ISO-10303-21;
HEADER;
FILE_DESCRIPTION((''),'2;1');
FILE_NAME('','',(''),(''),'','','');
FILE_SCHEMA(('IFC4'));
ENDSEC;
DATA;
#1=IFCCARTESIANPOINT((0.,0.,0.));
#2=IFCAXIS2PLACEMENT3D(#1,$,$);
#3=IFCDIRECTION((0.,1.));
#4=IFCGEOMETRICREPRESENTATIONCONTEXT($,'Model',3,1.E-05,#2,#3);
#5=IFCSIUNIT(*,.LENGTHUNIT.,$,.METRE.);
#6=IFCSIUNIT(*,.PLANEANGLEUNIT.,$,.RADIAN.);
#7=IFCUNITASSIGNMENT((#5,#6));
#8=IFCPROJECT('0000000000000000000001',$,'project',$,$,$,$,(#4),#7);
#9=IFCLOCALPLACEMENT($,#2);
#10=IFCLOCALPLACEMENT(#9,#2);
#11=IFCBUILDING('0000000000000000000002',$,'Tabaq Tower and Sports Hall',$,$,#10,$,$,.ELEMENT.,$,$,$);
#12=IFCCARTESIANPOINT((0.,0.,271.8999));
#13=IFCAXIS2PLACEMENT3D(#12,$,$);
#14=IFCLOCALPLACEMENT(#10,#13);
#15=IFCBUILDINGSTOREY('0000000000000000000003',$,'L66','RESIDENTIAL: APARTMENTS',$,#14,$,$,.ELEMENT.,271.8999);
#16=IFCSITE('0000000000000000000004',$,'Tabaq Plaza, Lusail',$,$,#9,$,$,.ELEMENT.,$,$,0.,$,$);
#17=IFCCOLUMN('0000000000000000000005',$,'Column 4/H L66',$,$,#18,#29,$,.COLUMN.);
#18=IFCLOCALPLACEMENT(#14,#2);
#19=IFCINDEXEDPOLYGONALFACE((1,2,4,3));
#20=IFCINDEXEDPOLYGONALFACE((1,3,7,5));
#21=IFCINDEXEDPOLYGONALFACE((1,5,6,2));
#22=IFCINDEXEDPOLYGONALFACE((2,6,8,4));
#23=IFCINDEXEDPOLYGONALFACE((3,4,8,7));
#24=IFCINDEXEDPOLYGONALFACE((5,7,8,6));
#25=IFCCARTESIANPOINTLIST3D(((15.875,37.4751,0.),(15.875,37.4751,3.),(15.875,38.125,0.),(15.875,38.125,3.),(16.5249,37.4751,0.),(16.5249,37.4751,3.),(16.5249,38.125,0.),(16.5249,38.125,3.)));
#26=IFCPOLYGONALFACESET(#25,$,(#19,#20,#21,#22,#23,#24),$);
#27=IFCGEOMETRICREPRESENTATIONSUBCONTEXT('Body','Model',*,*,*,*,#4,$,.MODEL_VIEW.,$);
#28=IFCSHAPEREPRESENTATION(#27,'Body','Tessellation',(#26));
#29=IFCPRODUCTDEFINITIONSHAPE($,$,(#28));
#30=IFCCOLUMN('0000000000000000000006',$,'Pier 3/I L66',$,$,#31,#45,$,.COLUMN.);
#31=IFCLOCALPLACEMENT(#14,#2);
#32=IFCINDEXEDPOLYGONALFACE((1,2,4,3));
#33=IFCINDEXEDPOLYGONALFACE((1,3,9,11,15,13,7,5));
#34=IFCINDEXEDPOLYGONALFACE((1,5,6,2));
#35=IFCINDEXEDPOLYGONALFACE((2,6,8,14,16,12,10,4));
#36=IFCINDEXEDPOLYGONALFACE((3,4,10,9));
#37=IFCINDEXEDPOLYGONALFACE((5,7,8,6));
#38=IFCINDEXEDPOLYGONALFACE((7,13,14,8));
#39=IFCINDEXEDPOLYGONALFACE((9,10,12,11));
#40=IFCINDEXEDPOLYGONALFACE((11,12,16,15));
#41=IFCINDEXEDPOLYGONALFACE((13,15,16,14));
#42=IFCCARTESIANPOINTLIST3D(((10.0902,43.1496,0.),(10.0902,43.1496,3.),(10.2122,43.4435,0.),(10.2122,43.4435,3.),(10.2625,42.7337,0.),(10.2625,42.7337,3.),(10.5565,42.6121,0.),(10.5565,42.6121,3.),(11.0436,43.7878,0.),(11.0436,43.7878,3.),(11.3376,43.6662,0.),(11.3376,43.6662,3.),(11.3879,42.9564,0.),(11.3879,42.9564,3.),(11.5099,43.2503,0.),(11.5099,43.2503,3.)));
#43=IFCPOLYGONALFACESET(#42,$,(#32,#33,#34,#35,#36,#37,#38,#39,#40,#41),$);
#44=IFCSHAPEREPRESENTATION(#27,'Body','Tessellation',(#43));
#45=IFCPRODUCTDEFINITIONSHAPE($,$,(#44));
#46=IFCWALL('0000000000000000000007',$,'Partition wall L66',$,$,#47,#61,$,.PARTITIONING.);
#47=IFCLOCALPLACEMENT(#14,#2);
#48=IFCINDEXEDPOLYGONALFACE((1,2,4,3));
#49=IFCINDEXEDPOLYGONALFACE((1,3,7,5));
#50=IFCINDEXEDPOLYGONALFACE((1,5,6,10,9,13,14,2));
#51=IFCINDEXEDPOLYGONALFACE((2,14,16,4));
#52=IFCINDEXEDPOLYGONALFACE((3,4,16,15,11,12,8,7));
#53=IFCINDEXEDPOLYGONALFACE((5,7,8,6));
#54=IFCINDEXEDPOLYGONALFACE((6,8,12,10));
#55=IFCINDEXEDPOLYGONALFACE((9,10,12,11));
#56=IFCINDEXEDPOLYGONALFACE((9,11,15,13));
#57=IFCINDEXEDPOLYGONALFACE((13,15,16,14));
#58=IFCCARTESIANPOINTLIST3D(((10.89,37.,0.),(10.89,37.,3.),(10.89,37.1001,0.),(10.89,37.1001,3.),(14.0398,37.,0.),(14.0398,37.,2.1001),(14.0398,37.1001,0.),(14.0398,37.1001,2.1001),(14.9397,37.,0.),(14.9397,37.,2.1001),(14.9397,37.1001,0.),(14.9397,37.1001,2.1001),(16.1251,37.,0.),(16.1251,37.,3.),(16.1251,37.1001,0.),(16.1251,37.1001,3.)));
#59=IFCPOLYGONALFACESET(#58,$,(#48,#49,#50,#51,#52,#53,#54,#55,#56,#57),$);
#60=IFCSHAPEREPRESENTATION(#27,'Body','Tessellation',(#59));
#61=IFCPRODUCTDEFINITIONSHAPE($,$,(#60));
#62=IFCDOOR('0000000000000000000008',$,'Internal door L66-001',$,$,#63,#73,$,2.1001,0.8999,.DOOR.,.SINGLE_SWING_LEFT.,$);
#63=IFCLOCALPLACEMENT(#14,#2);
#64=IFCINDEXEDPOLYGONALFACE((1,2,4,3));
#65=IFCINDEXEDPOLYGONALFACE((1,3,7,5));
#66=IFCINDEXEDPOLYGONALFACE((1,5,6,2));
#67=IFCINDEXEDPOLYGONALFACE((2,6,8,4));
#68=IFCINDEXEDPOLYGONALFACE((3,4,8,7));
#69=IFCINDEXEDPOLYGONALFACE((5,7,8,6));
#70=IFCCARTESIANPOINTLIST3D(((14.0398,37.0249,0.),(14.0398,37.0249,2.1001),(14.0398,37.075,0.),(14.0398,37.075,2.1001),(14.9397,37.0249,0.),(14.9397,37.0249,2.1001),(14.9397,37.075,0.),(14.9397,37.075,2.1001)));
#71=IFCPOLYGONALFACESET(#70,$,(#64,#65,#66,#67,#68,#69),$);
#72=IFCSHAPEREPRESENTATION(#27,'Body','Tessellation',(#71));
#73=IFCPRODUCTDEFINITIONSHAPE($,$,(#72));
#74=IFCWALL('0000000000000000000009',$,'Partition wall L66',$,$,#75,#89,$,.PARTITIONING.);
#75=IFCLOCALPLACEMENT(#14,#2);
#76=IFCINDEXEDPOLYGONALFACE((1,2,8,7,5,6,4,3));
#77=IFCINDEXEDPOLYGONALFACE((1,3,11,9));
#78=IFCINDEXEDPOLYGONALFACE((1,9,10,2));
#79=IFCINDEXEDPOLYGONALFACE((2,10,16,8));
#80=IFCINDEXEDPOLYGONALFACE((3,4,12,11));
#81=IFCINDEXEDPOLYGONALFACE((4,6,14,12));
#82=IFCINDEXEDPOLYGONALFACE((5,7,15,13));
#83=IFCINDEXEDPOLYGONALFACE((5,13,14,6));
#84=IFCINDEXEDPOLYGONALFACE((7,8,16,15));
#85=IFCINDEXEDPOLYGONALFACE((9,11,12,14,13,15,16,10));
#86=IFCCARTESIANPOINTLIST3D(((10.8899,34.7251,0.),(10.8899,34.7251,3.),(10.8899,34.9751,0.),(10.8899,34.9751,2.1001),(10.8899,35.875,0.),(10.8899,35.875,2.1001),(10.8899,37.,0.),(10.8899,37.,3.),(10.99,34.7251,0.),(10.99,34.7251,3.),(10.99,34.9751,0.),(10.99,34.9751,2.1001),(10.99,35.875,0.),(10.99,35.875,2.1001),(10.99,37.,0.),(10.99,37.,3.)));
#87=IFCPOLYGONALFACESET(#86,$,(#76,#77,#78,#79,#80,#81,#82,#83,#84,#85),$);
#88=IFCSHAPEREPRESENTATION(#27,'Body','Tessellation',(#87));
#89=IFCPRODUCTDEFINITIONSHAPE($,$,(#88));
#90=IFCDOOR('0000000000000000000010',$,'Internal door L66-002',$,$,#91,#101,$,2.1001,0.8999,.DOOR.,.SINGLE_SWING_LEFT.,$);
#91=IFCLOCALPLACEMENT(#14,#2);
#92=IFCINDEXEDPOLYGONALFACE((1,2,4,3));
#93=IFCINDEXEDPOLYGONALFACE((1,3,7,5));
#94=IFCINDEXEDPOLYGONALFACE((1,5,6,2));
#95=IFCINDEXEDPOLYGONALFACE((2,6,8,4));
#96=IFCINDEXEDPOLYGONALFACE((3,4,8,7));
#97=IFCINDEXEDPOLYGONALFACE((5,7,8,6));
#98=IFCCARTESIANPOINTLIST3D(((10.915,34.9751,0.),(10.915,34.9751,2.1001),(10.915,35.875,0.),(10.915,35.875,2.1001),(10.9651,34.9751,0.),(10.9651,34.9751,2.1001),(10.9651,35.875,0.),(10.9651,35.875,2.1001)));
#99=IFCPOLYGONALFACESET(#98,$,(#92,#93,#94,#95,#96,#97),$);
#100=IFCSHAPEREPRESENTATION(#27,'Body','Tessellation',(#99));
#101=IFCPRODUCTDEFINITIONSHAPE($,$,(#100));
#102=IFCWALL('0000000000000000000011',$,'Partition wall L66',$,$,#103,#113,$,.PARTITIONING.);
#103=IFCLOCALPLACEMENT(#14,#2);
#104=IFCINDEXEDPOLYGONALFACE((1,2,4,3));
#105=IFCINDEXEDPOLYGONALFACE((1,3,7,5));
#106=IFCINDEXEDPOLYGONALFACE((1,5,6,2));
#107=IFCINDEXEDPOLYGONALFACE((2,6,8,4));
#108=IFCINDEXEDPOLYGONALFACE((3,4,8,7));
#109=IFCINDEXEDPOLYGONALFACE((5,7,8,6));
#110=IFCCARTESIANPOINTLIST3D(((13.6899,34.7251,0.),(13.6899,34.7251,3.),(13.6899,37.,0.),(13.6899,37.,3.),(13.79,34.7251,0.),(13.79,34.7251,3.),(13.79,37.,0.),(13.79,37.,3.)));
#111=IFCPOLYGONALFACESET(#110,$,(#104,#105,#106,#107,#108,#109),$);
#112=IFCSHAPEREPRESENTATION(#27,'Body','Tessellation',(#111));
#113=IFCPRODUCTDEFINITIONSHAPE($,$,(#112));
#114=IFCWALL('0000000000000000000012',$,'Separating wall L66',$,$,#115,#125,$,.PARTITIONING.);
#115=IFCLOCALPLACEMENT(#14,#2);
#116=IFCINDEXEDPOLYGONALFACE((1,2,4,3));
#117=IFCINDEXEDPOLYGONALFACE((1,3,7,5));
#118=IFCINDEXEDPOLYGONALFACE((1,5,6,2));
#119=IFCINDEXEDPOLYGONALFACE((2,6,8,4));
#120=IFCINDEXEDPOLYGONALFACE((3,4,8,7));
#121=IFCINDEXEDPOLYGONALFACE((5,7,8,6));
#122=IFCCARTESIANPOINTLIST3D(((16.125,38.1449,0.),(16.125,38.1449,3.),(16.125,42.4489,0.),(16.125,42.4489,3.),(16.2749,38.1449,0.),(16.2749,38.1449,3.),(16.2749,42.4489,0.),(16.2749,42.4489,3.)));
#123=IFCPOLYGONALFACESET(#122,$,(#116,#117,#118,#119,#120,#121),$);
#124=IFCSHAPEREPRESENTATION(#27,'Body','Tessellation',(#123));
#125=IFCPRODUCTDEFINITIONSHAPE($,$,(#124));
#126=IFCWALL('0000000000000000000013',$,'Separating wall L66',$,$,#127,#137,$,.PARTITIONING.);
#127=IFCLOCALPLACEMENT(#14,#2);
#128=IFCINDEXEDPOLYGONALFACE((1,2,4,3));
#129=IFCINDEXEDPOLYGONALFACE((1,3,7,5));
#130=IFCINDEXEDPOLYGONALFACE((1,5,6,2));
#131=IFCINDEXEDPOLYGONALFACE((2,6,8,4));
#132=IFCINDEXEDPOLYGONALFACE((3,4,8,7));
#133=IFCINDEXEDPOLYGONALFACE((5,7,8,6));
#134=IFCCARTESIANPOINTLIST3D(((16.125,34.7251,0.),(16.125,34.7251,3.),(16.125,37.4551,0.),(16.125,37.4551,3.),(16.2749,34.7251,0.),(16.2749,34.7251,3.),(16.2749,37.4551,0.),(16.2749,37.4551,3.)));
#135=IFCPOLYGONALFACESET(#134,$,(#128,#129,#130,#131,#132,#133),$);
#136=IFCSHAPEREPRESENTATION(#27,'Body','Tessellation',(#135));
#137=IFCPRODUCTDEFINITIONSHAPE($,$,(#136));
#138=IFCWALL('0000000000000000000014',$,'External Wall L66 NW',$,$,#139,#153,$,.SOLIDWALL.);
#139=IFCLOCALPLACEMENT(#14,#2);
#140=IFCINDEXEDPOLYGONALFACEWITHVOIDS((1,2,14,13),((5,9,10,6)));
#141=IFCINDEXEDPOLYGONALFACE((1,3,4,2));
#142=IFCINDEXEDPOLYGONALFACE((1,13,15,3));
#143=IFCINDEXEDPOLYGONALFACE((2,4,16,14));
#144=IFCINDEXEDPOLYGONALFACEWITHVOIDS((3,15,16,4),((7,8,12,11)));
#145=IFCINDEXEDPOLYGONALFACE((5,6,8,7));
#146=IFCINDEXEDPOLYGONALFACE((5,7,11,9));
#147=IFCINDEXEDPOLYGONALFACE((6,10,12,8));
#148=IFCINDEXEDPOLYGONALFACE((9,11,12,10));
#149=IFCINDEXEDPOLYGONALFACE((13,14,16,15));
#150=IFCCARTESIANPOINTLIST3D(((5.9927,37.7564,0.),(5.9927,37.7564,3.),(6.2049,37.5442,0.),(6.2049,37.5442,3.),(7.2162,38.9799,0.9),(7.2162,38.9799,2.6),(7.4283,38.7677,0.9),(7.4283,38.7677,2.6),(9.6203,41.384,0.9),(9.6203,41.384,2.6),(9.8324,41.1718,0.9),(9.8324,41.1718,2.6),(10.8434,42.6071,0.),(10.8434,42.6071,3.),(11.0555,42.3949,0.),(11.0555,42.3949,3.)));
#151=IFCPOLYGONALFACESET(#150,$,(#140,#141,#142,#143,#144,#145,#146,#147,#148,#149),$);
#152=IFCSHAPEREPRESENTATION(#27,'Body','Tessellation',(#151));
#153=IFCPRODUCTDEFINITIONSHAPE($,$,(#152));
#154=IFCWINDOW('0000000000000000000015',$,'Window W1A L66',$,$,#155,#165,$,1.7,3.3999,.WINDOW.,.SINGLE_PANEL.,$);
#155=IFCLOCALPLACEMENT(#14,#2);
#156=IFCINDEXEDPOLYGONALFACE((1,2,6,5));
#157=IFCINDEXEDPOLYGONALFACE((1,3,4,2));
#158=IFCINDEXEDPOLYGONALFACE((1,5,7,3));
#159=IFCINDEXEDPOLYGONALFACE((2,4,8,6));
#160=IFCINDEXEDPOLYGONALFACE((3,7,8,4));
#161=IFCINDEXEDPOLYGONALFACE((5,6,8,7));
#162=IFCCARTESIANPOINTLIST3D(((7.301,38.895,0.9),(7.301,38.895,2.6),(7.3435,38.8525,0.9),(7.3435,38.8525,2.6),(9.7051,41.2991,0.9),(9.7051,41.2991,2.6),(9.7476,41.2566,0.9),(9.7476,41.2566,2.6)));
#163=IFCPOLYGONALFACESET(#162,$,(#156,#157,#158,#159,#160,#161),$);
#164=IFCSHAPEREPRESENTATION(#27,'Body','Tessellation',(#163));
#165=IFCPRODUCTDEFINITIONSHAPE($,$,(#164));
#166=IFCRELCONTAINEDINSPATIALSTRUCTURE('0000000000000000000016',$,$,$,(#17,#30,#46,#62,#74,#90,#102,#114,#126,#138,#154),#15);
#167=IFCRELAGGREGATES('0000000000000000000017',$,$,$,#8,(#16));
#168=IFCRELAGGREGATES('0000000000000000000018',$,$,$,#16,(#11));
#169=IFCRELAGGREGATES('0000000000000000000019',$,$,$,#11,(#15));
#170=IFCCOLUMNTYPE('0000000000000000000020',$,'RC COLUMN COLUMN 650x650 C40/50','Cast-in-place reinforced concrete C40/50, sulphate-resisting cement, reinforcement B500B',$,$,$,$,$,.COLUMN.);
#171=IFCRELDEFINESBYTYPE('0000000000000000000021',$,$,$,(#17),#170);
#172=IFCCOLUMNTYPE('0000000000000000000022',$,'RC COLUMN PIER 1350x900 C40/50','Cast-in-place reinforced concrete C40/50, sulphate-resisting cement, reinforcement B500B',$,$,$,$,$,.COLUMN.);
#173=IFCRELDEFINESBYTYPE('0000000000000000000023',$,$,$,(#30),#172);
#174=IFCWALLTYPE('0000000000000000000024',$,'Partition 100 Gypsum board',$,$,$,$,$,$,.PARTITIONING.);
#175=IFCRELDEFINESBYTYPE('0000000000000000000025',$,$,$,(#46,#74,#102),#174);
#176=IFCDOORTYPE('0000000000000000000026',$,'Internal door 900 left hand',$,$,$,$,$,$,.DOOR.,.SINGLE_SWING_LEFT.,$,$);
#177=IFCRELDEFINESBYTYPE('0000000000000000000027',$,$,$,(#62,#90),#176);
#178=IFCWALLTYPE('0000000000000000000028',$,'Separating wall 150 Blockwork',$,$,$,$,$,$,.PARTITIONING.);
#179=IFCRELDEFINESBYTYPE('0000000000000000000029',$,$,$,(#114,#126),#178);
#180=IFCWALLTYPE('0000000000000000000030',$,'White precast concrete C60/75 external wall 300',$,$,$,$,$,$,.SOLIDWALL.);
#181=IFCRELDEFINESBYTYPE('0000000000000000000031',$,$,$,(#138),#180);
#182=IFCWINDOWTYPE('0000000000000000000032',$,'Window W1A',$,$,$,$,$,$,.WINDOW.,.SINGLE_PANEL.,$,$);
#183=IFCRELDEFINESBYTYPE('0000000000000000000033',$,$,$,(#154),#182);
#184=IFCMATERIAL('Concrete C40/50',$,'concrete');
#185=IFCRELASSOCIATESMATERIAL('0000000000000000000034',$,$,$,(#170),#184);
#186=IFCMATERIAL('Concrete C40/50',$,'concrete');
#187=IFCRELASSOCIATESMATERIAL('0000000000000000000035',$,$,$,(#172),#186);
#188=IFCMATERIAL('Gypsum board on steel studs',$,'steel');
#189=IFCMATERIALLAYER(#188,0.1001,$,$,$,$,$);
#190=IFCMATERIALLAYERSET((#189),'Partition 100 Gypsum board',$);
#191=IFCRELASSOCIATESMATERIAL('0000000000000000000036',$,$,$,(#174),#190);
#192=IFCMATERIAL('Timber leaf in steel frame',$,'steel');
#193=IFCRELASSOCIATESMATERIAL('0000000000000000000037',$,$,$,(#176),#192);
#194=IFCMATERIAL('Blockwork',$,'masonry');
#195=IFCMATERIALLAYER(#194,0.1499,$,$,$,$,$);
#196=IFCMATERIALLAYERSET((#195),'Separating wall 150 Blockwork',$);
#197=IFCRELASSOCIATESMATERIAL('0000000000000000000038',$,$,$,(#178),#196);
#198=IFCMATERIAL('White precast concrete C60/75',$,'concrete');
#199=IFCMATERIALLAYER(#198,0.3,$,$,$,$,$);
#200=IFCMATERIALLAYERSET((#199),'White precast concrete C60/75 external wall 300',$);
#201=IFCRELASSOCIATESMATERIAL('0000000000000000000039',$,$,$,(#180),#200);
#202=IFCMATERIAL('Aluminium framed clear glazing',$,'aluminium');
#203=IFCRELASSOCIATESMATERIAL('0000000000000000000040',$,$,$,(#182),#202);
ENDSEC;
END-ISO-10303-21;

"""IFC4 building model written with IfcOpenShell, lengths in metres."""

from ifc_helpers import new_model, si_unit, direction, frame, frame_2d, origin, origin_2d, place, context, subcontext, project, spatial, polyline, rectangle, outline, extrude, material, layer, layer_set, material_profile, profile_set, type_object, element, fill, save


model = new_model("IFC4")

# Units and contexts
model_context = context("Model", 3, precision=1e-05, world=origin(), true_north=direction((0.0, 1.0)))
body_context = subcontext(model_context, "Body", "Model", "MODEL_VIEW")
ifc_project = project(units=[si_unit("LENGTHUNIT", "METRE"), si_unit("PLANEANGLEUNIT", "RADIAN")], contexts=[model_context])

# Site, building, storey
site_placement = place(None, origin())
site = spatial("IfcSite", under=ifc_project, at=site_placement, Name="Tabaq Plaza, Lusail", CompositionType="ELEMENT", RefElevation=0.0)
building_placement = place(site_placement, origin())
building = spatial("IfcBuilding", under=site, at=building_placement, Name="Tabaq Tower and Sports Hall", CompositionType="ELEMENT")
storey_placement = place(building_placement, frame((0.0, 0.0, 271.8999)))
storey = spatial("IfcBuildingStorey", under=building, at=storey_placement, Name="L66", Description="RESIDENTIAL: APARTMENTS", CompositionType="ELEMENT", Elevation=271.8999)

# Columns
ifc_material_1 = material(Name="Concrete C40/50", Category="concrete")
ifc_material_profile_1 = material_profile(ifc_material_1, rectangle(XDim=0.6499, YDim=0.6499, at=origin_2d()), Name="COLUMN 650x650")
ifc_profile_set_1 = profile_set([ifc_material_profile_1], Name="Concrete C40/50")
column_type_1 = type_object("IfcColumnType", Name="RC COLUMN COLUMN 650x650 C40/50", Description="Cast-in-place reinforced concrete C40/50, sulphate-resisting cement, reinforcement B500B", PredefinedType="COLUMN", material=ifc_profile_set_1)
column_1_placement = place(storey_placement, frame((16.2, 37.8, 0.0), z_axis=(0.0, 0.0, 1.0), x_axis=(1.0, 0.0, 0.0)))
element("IfcColumn", 1, at=column_1_placement, inside=storey, type_object=column_type_1, Name="Column 4/H L66", PredefinedType="COLUMN", context=body_context, shape_type="SweptSolid", body=[
    extrude(rectangle(XDim=0.6499, YDim=0.6499, at=origin_2d()), origin(), (0.0, 0.0, 1.0), 3.0),
])
ifc_material_2 = material(Name="Concrete C40/50", Category="concrete")
ifc_material_profile_2 = material_profile(ifc_material_2, outline(polyline([(-0.45, -0.45), (0.45, -0.45), (0.675, -0.2251), (0.675, 0.2251), (0.45, 0.45), (-0.45, 0.45), (-0.675, 0.2251), (-0.675, -0.2251), (-0.45, -0.45)])), Name="PIER 1350x900")
ifc_profile_set_2 = profile_set([ifc_material_profile_2], Name="Concrete C40/50")
column_type_2 = type_object("IfcColumnType", Name="RC COLUMN PIER 1350x900 C40/50", Description="Cast-in-place reinforced concrete C40/50, sulphate-resisting cement, reinforcement B500B", PredefinedType="COLUMN", material=ifc_profile_set_2)
column_2_placement = place(storey_placement, frame((10.8, 43.2, 0.0), z_axis=(0.0, 0.0, 1.0), x_axis=(0.92388, 0.382683, 0.0)))
element("IfcColumn", 2, at=column_2_placement, inside=storey, type_object=column_type_2, Name="Pier 3/I L66", PredefinedType="COLUMN", context=body_context, shape_type="SweptSolid", body=[
    extrude(outline(polyline([(-0.45, -0.45), (0.45, -0.45), (0.675, -0.2251), (0.675, 0.2251), (0.45, 0.45), (-0.45, 0.45), (-0.675, 0.2251), (-0.675, -0.2251), (-0.45, -0.45)])), origin(), (0.0, 0.0, 1.0), 3.0),
])

# Walls, openings, doors
ifc_material_3 = material(Name="Gypsum board on steel studs", Category="steel")
ifc_layer_1 = layer(ifc_material_3, 0.1001)
ifc_layer_set_1 = layer_set([ifc_layer_1], Name="Partition 100 Gypsum board")
wall_type_1 = type_object("IfcWallType", Name="Partition 100 Gypsum board", PredefinedType="PARTITIONING", material=ifc_layer_set_1)
wall_1_placement = place(storey_placement, frame((10.8899, 37.05, 0.0), z_axis=(0.0, 0.0, 1.0), x_axis=(1.0, 0.0, 0.0)))
wall_1 = element("IfcWall", 3, at=wall_1_placement, inside=storey, type_object=wall_type_1, Name="Partition wall L66", PredefinedType="PARTITIONING", context=body_context, shape_type="SweptSolid", body=[
    extrude(rectangle(XDim=5.2351, YDim=0.1001, at=frame_2d((2.6177, 0.0))), origin(), (0.0, 0.0, 1.0), 3.0),
])
opening_1_placement = place(wall_1_placement, frame((3.1499, 0.0, 0.0)))
opening_1 = element("IfcOpeningElement", 4, at=opening_1_placement, cuts=wall_1, PredefinedType="OPENING", context=body_context, shape_type="SweptSolid", body=[
    extrude(rectangle(XDim=0.8999, YDim=2.1001, at=frame_2d((0.45, 1.05))), frame((0.0, 0.05, 0.0), z_axis=(0.0, -1.0, 0.0), x_axis=(1.0, 0.0, 0.0)), (0.0, 0.0, 1.0), 0.1001),
])
ifc_material_4 = material(Name="Timber leaf in steel frame", Category="steel")
door_type = type_object("IfcDoorType", Name="Internal door 900 left hand", OperationType="SINGLE_SWING_LEFT", PredefinedType="DOOR", material=ifc_material_4)
door_1_placement = place(opening_1_placement, origin())
door_1 = element("IfcDoor", 5, at=door_1_placement, inside=storey, type_object=door_type, Name="Internal door L66-001", OperationType="SINGLE_SWING_LEFT", OverallHeight=2.1001, OverallWidth=0.8999, PredefinedType="DOOR", context=body_context, shape_type="SweptSolid", body=[
    extrude(rectangle(XDim=0.8999, YDim=2.1001, at=frame_2d((0.45, 1.05))), frame((0.0, 0.0249, 0.0), z_axis=(0.0, -1.0, 0.0), x_axis=(1.0, 0.0, 0.0)), (0.0, 0.0, 1.0), 0.05),
])
fill(opening_1, door_1)
wall_2_placement = place(storey_placement, frame((10.9399, 34.7251, 0.0), z_axis=(0.0, 0.0, 1.0), x_axis=(0.0, 1.0, 0.0)))
wall_2 = element("IfcWall", 6, at=wall_2_placement, inside=storey, type_object=wall_type_1, Name="Partition wall L66", PredefinedType="PARTITIONING", context=body_context, shape_type="SweptSolid", body=[
    extrude(rectangle(XDim=2.2749, YDim=0.1001, at=frame_2d((1.1375, 0.0))), origin(), (0.0, 0.0, 1.0), 3.0),
])
opening_2_placement = place(wall_2_placement, frame((0.25, 0.0, 0.0)))
opening_2 = element("IfcOpeningElement", 7, at=opening_2_placement, cuts=wall_2, PredefinedType="OPENING", context=body_context, shape_type="SweptSolid", body=[
    extrude(rectangle(XDim=0.8999, YDim=2.1001, at=frame_2d((0.45, 1.05))), frame((0.0, 0.05, 0.0), z_axis=(0.0, -1.0, 0.0), x_axis=(1.0, 0.0, 0.0)), (0.0, 0.0, 1.0), 0.1001),
])
door_2_placement = place(opening_2_placement, origin())
door_2 = element("IfcDoor", 8, at=door_2_placement, inside=storey, type_object=door_type, Name="Internal door L66-002", OperationType="SINGLE_SWING_LEFT", OverallHeight=2.1001, OverallWidth=0.8999, PredefinedType="DOOR", context=body_context, shape_type="SweptSolid", body=[
    extrude(rectangle(XDim=0.8999, YDim=2.1001, at=frame_2d((0.45, 1.05))), frame((0.0, 0.0249, 0.0), z_axis=(0.0, -1.0, 0.0), x_axis=(1.0, 0.0, 0.0)), (0.0, 0.0, 1.0), 0.05),
])
fill(opening_2, door_2)

# Walls
wall_3_placement = place(storey_placement, frame((13.74, 34.7251, 0.0), z_axis=(0.0, 0.0, 1.0), x_axis=(0.0, 1.0, 0.0)))
element("IfcWall", 9, at=wall_3_placement, inside=storey, type_object=wall_type_1, Name="Partition wall L66", PredefinedType="PARTITIONING", context=body_context, shape_type="SweptSolid", body=[
    extrude(rectangle(XDim=2.2749, YDim=0.1001, at=frame_2d((1.1375, 0.0))), origin(), (0.0, 0.0, 1.0), 3.0),
])
ifc_material_5 = material(Name="Blockwork", Category="masonry")
ifc_layer_2 = layer(ifc_material_5, 0.1499)
ifc_layer_set_2 = layer_set([ifc_layer_2], Name="Separating wall 150 Blockwork")
wall_type_2 = type_object("IfcWallType", Name="Separating wall 150 Blockwork", PredefinedType="PARTITIONING", material=ifc_layer_set_2)
wall_4_placement = place(storey_placement, frame((16.2, 38.145, 0.0), z_axis=(0.0, 0.0, 1.0), x_axis=(0.0, 1.0, 0.0)))
element("IfcWall", 10, at=wall_4_placement, inside=storey, type_object=wall_type_2, Name="Separating wall L66", PredefinedType="PARTITIONING", context=body_context, shape_type="SweptSolid", body=[
    extrude(rectangle(XDim=4.304, YDim=0.1499, at=frame_2d((2.1519, 0.0))), origin(), (0.0, 0.0, 1.0), 3.0),
])
wall_5_placement = place(storey_placement, frame((16.2, 34.7251, 0.0), z_axis=(0.0, 0.0, 1.0), x_axis=(0.0, 1.0, 0.0)))
element("IfcWall", 11, at=wall_5_placement, inside=storey, type_object=wall_type_2, Name="Separating wall L66", PredefinedType="PARTITIONING", context=body_context, shape_type="SweptSolid", body=[
    extrude(rectangle(XDim=2.73, YDim=0.1499, at=frame_2d((1.365, 0.0))), origin(), (0.0, 0.0, 1.0), 3.0),
])

# Wall, opening, window
ifc_material_6 = material(Name="White precast concrete C60/75", Category="concrete")
ifc_layer_3 = layer(ifc_material_6, 0.3)
ifc_layer_set_3 = layer_set([ifc_layer_3], Name="White precast concrete C60/75 external wall 300")
wall_type_3 = type_object("IfcWallType", Name="White precast concrete C60/75 external wall 300", PredefinedType="SOLIDWALL", material=ifc_layer_set_3)
wall_6_placement = place(storey_placement, frame((10.9495, 42.501, 0.0), z_axis=(0.0, 0.0, 1.0), x_axis=(-0.707107, -0.707107, 0.0)))
wall_6 = element("IfcWall", 12, at=wall_6_placement, inside=storey, type_object=wall_type_3, Name="External Wall L66 NW", PredefinedType="SOLIDWALL", context=body_context, shape_type="SweptSolid", body=[
    extrude(rectangle(XDim=6.8599, YDim=0.3, at=frame_2d((3.4299, 0.0))), origin(), (0.0, 0.0, 1.0), 3.0),
])
opening_3_placement = place(wall_6_placement, frame((1.7297, 0.0, 0.8999)))
opening_3 = element("IfcOpeningElement", 13, at=opening_3_placement, cuts=wall_6, PredefinedType="OPENING", context=body_context, shape_type="SweptSolid", body=[
    extrude(rectangle(XDim=3.3999, YDim=1.7, at=frame_2d((1.7, 0.8501))), frame((0.0, 0.1602, 0.0), z_axis=(0.0, -1.0, 0.0), x_axis=(1.0, 0.0, 0.0)), (0.0, 0.0, 1.0), 0.3201),
])
ifc_material_7 = material(Name="Aluminium framed clear glazing", Category="aluminium")
window_type = type_object("IfcWindowType", Name="Window W1A", PartitioningType="SINGLE_PANEL", PredefinedType="WINDOW", material=ifc_material_7)
window_placement = place(opening_3_placement, origin())
window = element("IfcWindow", 14, at=window_placement, inside=storey, type_object=window_type, Name="Window W1A L66", OverallHeight=1.7, OverallWidth=3.3999, PartitioningType="SINGLE_PANEL", PredefinedType="WINDOW", context=body_context, shape_type="SweptSolid", body=[
    extrude(rectangle(XDim=3.3999, YDim=1.7, at=frame_2d((1.7, 0.8501))), frame((0.0, 0.03, 0.0), z_axis=(0.0, -1.0, 0.0), x_axis=(1.0, 0.0, 0.0)), (0.0, 0.0, 1.0), 0.0601),
])
fill(opening_3, window)

save(model, "model.ifc")
